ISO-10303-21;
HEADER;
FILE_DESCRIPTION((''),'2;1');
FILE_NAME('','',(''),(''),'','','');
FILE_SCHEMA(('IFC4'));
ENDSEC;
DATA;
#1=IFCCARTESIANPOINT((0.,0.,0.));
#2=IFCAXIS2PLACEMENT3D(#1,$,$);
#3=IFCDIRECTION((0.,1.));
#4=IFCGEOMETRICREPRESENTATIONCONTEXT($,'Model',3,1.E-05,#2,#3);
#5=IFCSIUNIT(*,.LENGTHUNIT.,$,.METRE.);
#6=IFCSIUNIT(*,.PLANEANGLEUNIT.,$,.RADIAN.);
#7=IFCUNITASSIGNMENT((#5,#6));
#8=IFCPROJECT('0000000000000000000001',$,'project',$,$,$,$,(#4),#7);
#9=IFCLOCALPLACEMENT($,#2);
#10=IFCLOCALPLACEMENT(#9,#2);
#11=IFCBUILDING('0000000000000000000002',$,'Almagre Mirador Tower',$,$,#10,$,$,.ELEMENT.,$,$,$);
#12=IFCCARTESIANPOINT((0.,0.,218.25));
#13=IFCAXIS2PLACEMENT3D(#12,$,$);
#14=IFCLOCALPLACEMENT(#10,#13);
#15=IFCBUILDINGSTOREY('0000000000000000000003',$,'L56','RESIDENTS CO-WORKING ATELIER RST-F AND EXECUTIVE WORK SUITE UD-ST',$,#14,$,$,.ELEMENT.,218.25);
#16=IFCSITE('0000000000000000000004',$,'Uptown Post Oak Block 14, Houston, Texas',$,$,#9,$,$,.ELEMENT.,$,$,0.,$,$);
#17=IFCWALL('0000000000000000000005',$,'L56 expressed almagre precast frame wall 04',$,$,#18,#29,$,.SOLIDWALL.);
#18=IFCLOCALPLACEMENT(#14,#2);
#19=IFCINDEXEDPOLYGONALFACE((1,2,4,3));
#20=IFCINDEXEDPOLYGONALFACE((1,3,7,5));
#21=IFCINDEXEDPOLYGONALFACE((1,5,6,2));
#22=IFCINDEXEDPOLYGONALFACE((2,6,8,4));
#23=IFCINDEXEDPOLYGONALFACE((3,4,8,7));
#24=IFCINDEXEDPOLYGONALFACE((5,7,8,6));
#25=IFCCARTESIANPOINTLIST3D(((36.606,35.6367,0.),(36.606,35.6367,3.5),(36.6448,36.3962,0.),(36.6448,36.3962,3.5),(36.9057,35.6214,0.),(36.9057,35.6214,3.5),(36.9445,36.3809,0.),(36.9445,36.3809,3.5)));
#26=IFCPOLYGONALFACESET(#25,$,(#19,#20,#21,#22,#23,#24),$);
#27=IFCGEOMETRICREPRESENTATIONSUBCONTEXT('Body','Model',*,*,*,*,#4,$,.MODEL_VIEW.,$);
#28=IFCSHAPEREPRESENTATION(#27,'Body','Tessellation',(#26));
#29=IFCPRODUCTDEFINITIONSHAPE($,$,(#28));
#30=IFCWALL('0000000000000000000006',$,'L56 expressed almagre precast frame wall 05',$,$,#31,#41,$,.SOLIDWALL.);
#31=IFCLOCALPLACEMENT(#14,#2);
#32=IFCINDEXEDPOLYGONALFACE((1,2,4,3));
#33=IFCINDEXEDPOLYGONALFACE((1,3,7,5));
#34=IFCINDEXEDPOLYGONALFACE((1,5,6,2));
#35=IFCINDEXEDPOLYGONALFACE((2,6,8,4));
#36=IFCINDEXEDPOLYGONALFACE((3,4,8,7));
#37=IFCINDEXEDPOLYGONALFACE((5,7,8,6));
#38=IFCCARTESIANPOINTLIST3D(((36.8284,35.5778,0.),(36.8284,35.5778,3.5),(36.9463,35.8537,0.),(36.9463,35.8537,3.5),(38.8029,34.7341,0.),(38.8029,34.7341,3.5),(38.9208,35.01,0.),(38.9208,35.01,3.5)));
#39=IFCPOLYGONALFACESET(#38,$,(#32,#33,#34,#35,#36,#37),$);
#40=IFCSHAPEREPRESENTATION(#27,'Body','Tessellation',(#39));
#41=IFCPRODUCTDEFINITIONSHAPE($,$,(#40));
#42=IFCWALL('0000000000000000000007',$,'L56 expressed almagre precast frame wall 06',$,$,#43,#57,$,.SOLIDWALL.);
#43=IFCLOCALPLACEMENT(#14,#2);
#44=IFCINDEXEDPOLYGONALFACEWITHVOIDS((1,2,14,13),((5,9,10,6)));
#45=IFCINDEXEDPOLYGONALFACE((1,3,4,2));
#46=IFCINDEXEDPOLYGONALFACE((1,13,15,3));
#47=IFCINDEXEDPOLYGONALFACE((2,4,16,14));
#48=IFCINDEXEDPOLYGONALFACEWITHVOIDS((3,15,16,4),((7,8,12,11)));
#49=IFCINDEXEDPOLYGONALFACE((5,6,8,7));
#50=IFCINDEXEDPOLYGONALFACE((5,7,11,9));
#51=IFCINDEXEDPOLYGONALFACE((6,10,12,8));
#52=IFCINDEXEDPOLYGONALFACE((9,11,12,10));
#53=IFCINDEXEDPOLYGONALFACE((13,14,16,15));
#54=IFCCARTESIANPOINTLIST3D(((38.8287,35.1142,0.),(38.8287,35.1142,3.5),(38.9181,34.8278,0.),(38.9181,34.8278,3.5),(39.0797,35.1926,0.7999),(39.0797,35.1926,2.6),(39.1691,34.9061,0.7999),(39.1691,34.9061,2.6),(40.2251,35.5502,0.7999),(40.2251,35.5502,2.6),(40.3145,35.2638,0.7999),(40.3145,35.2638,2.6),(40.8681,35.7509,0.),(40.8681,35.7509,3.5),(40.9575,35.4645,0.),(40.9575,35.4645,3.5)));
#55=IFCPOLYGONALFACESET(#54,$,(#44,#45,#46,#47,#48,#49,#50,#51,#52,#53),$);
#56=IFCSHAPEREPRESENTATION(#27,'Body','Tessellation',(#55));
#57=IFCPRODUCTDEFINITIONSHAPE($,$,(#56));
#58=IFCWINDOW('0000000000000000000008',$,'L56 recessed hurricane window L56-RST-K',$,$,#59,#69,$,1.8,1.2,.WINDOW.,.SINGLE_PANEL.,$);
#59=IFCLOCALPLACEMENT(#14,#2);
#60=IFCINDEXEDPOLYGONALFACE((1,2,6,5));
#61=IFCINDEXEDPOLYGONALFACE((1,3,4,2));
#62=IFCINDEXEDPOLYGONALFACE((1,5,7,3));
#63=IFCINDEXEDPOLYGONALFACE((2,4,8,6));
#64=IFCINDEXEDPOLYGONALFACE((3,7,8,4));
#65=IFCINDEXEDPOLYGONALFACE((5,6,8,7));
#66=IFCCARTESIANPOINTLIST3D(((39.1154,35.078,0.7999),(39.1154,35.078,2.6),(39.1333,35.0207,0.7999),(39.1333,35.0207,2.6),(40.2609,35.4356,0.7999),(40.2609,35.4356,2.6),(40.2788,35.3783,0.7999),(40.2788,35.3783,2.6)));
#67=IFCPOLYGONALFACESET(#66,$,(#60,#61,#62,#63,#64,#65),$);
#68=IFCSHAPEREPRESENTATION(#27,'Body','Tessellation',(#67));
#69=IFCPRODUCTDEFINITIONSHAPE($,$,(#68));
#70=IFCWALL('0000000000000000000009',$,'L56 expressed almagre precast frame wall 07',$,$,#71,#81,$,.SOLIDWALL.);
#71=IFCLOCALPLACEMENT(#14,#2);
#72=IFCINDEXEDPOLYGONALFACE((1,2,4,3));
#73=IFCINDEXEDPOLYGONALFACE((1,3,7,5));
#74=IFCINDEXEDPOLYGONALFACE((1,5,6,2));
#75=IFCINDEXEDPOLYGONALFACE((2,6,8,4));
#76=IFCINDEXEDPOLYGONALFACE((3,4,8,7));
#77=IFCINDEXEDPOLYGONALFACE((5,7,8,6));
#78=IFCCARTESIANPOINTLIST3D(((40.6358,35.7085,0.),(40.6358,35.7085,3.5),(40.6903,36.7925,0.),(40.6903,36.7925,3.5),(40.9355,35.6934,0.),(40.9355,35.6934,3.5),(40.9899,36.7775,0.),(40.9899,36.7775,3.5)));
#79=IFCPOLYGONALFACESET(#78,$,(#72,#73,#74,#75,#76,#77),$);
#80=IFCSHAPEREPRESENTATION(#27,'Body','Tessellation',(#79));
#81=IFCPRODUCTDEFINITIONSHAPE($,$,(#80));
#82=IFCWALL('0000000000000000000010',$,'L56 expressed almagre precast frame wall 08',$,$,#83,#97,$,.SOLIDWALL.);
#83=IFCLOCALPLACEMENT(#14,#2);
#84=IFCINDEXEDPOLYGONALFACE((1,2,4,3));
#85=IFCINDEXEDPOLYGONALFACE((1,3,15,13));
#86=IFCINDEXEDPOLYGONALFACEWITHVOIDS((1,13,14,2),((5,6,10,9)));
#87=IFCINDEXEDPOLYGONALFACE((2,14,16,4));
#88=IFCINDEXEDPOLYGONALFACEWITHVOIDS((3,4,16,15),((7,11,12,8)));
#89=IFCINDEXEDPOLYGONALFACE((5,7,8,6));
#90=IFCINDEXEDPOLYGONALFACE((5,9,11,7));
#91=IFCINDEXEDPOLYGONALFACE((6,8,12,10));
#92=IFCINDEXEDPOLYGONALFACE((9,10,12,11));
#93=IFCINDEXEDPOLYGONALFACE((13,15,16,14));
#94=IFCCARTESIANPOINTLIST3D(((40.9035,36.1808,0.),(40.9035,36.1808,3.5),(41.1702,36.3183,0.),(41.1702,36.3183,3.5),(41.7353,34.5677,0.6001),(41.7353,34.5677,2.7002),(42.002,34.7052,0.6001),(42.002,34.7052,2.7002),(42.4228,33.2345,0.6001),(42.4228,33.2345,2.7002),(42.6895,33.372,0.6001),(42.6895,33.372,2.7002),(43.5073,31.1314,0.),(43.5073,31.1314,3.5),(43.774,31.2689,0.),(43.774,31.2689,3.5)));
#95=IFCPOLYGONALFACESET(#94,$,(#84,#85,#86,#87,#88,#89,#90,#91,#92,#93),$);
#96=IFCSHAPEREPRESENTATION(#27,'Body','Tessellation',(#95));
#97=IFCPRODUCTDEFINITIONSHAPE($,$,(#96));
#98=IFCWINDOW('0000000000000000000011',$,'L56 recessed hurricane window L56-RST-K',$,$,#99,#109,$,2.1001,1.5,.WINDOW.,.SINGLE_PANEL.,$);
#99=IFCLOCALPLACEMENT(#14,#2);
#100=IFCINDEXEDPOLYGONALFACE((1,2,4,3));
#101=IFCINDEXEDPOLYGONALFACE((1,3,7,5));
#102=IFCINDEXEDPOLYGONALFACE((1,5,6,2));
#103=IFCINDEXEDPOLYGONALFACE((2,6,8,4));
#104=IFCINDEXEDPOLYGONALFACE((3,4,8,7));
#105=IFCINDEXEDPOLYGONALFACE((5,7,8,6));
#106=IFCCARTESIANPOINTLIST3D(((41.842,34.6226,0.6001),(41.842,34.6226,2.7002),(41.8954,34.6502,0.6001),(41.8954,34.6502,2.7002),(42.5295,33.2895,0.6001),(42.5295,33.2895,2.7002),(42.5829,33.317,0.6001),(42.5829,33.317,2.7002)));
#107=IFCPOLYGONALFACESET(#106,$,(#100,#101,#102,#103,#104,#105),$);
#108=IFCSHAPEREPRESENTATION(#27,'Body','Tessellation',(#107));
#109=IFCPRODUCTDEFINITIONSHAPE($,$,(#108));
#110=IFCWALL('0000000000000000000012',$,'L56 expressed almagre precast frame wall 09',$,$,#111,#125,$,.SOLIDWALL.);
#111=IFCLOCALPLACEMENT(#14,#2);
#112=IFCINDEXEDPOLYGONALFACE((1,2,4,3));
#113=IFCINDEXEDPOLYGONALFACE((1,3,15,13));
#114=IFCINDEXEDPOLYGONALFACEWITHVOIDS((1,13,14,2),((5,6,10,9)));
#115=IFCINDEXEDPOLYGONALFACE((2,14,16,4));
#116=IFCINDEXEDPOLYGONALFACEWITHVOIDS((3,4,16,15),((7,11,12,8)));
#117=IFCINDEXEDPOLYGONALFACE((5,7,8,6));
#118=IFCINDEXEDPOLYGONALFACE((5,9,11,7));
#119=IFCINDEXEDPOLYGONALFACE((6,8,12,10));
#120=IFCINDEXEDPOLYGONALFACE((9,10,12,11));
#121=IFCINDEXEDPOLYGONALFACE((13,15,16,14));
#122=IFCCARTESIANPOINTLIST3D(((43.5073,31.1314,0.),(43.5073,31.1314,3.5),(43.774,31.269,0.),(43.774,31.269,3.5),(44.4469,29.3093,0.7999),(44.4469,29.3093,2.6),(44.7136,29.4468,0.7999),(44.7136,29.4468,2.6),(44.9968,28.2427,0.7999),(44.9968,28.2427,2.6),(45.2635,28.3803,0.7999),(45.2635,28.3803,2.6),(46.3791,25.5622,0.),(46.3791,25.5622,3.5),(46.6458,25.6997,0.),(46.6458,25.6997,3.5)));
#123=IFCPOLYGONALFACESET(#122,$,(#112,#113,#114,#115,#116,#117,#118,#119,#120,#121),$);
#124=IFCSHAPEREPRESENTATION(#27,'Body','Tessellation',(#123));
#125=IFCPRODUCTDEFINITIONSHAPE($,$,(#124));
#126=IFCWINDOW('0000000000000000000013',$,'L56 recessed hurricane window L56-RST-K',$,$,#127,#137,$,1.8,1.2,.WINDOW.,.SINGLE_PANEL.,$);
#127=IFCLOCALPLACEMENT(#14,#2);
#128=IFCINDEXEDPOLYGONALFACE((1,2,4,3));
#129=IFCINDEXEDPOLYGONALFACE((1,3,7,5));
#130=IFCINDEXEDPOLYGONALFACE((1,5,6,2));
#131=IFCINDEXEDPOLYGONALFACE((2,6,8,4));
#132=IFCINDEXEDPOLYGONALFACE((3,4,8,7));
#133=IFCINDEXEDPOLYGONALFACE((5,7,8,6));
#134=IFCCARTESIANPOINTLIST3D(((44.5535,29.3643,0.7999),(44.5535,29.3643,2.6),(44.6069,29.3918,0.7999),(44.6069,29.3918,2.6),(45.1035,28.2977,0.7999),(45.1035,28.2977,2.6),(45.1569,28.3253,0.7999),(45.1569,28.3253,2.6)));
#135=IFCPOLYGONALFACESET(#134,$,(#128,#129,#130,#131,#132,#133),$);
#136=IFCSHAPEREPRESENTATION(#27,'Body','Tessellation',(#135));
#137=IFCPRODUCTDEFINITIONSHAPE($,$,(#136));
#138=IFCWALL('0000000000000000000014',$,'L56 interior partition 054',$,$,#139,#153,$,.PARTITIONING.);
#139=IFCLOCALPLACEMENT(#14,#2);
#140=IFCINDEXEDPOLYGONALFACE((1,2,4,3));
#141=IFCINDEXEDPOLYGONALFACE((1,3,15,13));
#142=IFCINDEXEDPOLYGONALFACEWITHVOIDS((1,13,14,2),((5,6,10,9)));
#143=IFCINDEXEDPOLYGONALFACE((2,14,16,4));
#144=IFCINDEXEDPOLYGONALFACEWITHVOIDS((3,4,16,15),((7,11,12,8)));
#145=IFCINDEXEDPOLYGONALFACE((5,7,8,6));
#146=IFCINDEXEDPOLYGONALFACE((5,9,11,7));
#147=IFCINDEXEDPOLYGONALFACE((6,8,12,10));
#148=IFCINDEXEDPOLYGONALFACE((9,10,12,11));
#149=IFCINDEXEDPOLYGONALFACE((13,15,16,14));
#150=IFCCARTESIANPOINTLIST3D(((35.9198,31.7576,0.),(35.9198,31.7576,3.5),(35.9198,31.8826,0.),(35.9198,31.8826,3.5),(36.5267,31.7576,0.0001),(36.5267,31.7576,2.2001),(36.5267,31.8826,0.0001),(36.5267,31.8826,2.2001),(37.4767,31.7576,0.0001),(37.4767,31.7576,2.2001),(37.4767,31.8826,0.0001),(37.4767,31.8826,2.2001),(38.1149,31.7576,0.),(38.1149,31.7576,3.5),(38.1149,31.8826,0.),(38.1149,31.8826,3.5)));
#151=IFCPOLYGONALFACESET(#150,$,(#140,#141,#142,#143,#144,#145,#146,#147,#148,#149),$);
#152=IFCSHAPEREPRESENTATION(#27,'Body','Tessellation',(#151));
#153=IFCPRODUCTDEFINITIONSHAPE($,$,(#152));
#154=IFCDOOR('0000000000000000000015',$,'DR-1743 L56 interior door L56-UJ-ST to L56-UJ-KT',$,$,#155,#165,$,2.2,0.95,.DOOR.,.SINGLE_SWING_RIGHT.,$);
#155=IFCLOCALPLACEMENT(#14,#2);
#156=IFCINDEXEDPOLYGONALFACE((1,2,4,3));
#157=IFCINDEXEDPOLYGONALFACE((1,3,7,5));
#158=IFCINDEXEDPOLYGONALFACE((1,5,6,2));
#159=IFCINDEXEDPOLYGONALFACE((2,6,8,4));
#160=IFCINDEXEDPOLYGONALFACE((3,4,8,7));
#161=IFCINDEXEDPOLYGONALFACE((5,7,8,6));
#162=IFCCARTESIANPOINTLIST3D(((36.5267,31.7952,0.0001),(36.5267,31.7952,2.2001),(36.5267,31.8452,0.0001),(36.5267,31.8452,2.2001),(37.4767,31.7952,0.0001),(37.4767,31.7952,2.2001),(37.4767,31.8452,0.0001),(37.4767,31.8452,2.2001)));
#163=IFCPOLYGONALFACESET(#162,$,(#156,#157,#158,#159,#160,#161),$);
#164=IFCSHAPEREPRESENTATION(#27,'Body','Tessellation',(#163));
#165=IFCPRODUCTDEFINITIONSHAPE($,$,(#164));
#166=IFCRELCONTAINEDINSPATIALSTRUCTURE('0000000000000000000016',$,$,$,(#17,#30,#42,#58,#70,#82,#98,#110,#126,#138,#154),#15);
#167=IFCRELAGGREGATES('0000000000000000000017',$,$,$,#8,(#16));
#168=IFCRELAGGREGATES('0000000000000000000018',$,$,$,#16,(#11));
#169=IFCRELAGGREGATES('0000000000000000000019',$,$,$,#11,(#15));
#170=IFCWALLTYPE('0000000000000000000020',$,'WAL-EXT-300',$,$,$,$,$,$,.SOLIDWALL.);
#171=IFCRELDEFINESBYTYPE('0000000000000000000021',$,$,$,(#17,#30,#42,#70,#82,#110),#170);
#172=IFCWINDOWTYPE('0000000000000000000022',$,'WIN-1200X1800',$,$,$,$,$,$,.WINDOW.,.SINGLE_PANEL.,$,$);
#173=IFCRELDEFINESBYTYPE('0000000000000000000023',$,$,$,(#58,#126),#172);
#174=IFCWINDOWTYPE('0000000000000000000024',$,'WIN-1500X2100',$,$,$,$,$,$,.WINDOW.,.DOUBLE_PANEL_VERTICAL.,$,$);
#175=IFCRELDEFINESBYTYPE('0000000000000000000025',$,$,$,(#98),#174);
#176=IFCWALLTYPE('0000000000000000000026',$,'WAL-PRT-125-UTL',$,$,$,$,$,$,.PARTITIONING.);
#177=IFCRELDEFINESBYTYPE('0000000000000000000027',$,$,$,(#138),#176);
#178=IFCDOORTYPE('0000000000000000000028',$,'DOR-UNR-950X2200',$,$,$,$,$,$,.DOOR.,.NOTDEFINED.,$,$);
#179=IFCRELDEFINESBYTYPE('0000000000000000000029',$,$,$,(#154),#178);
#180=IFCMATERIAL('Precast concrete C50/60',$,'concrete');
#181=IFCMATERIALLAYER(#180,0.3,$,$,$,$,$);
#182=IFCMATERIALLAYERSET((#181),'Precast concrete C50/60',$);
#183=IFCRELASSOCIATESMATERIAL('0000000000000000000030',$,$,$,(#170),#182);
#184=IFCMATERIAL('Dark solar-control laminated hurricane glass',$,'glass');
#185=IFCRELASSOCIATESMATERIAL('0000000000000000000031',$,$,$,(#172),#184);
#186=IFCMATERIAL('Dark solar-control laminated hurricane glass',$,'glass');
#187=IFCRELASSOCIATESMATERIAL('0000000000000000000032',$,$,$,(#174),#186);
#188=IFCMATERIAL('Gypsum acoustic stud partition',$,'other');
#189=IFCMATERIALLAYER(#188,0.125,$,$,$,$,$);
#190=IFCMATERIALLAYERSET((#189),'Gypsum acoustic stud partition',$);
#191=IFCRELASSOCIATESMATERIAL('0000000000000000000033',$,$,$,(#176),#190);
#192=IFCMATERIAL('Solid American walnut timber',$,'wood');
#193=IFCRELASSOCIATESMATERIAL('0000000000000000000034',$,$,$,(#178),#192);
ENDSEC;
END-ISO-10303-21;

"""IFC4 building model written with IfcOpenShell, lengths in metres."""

from ifc_helpers import new_model, si_unit, direction, frame, frame_2d, origin, place, context, subcontext, project, spatial, rectangle, extrude, material, layer, layer_set, type_object, element, fill, save


model = new_model("IFC4")

# Units and contexts
model_context = context("Model", 3, precision=1e-05, world=origin(), true_north=direction((0.0, 1.0)))
body_context = subcontext(model_context, "Body", "Model", "MODEL_VIEW")
ifc_project = project(units=[si_unit("LENGTHUNIT", "METRE"), si_unit("PLANEANGLEUNIT", "RADIAN")], contexts=[model_context])

# Site, building, storey
site_placement = place(None, origin())
site = spatial("IfcSite", under=ifc_project, at=site_placement, Name="Uptown Post Oak Block 14, Houston, Texas", CompositionType="ELEMENT", RefElevation=0.0)
building_placement = place(site_placement, origin())
building = spatial("IfcBuilding", under=site, at=building_placement, Name="Almagre Mirador Tower", CompositionType="ELEMENT")
storey_placement = place(building_placement, frame((0.0, 0.0, 218.25)))
storey = spatial("IfcBuildingStorey", under=building, at=storey_placement, Name="L56", Description="RESIDENTS CO-WORKING ATELIER RST-F AND EXECUTIVE WORK SUITE UD-ST", CompositionType="ELEMENT", Elevation=218.25)

# Walls
ifc_material_1 = material(Name="Precast concrete C50/60", Category="concrete")
ifc_layer_1 = layer(ifc_material_1, 0.3)
ifc_layer_set_1 = layer_set([ifc_layer_1], Name="Precast concrete C50/60")
wall_type_1 = type_object("IfcWallType", Name="WAL-EXT-300", PredefinedType="SOLIDWALL", material=ifc_layer_set_1)
wall_1_placement = place(storey_placement, frame((36.7947, 36.3887, 0.0), z_axis=(0.0, 0.0, 1.0), x_axis=(-0.051042, -0.998696, 0.0)))
element("IfcWall", 1, at=wall_1_placement, inside=storey, type_object=wall_type_1, Name="L56 expressed almagre precast frame wall 04", PredefinedType="SOLIDWALL", context=body_context, shape_type="SweptSolid", body=[
    extrude(rectangle(XDim=0.7605, YDim=0.3, at=frame_2d((0.3804, 0.0))), origin(), (0.0, 0.0, 1.0), 3.5),
])
wall_2_placement = place(storey_placement, frame((36.8872, 35.7158, 0.0), z_axis=(0.0, 0.0, 1.0), x_axis=(0.919568, -0.392931, 0.0)))
element("IfcWall", 2, at=wall_2_placement, inside=storey, type_object=wall_type_1, Name="L56 expressed almagre precast frame wall 05", PredefinedType="SOLIDWALL", context=body_context, shape_type="SweptSolid", body=[
    extrude(rectangle(XDim=2.1472, YDim=0.3, at=frame_2d((1.0737, 0.0))), origin(), (0.0, 0.0, 1.0), 3.5),
])

# Wall, opening, window
wall_3_placement = place(storey_placement, frame((38.8733, 34.9709, 0.0), z_axis=(0.0, 0.0, 1.0), x_axis=(0.954555, 0.298034, 0.0)))
wall_3 = element("IfcWall", 3, at=wall_3_placement, inside=storey, type_object=wall_type_1, Name="L56 expressed almagre precast frame wall 06", PredefinedType="SOLIDWALL", context=body_context, shape_type="SweptSolid", body=[
    extrude(rectangle(XDim=2.1365, YDim=0.3, at=frame_2d((1.0684, 0.0))), origin(), (0.0, 0.0, 1.0), 3.5),
])
opening_1_placement = place(wall_3_placement, frame((0.2629, 0.0, 0.8)))
opening_1 = element("IfcOpeningElement", 4, at=opening_1_placement, cuts=wall_3, PredefinedType="OPENING", context=body_context, shape_type="SweptSolid", body=[
    extrude(rectangle(XDim=1.2, YDim=1.8, at=frame_2d((0.6001, 0.8999))), frame((0.0, 0.1599, 0.0), z_axis=(0.0, -1.0, 0.0), x_axis=(1.0, 0.0, 0.0)), (0.0, 0.0, 1.0), 0.32),
])
ifc_material_2 = material(Name="Dark solar-control laminated hurricane glass", Category="glass")
window_type_1 = type_object("IfcWindowType", Name="WIN-1200X1800", PartitioningType="SINGLE_PANEL", PredefinedType="WINDOW", material=ifc_material_2)
window_1_placement = place(opening_1_placement, origin())
window_1 = element("IfcWindow", 5, at=window_1_placement, inside=storey, type_object=window_type_1, Name="L56 recessed hurricane window L56-RST-K", OverallHeight=1.8, OverallWidth=1.2, PartitioningType="SINGLE_PANEL", PredefinedType="WINDOW", context=body_context, shape_type="SweptSolid", body=[
    extrude(rectangle(XDim=1.2, YDim=1.8, at=frame_2d((0.6001, 0.8999))), frame((0.0, 0.03, 0.0), z_axis=(0.0, -1.0, 0.0), x_axis=(1.0, 0.0, 0.0)), (0.0, 0.0, 1.0), 0.0601),
])
fill(opening_1, window_1)

# Wall
wall_4_placement = place(storey_placement, frame((40.7856, 35.7009, 0.0), z_axis=(0.0, 0.0, 1.0), x_axis=(0.050162, 0.998741, 0.0)))
element("IfcWall", 6, at=wall_4_placement, inside=storey, type_object=wall_type_1, Name="L56 expressed almagre precast frame wall 07", PredefinedType="SOLIDWALL", context=body_context, shape_type="SweptSolid", body=[
    extrude(rectangle(XDim=1.0854, YDim=0.3, at=frame_2d((0.5427, 0.0))), origin(), (0.0, 0.0, 1.0), 3.5),
])

# Walls, openings, windows
wall_5_placement = place(storey_placement, frame((41.0369, 36.2495, 0.0), z_axis=(0.0, 0.0, 1.0), x_axis=(0.458318, -0.888788, 0.0)))
wall_5 = element("IfcWall", 7, at=wall_5_placement, inside=storey, type_object=wall_type_1, Name="L56 expressed almagre precast frame wall 08", PredefinedType="SOLIDWALL", context=body_context, shape_type="SweptSolid", body=[
    extrude(rectangle(XDim=5.6812, YDim=0.3, at=frame_2d((2.8406, 0.0))), origin(), (0.0, 0.0, 1.0), 3.5),
])
opening_2_placement = place(wall_5_placement, frame((1.8149, 0.0, 0.6001)))
opening_2 = element("IfcOpeningElement", 8, at=opening_2_placement, cuts=wall_5, PredefinedType="OPENING", context=body_context, shape_type="SweptSolid", body=[
    extrude(rectangle(XDim=1.5, YDim=2.1001, at=frame_2d((0.75, 1.05))), frame((0.0, 0.1599, 0.0), z_axis=(0.0, -1.0, 0.0), x_axis=(1.0, 0.0, 0.0)), (0.0, 0.0, 1.0), 0.32),
])
ifc_material_3 = material(Name="Dark solar-control laminated hurricane glass", Category="glass")
window_type_2 = type_object("IfcWindowType", Name="WIN-1500X2100", PartitioningType="DOUBLE_PANEL_VERTICAL", PredefinedType="WINDOW", material=ifc_material_3)
window_2_placement = place(opening_2_placement, origin())
window_2 = element("IfcWindow", 9, at=window_2_placement, inside=storey, type_object=window_type_2, Name="L56 recessed hurricane window L56-RST-K", OverallHeight=2.1001, OverallWidth=1.5, PartitioningType="SINGLE_PANEL", PredefinedType="WINDOW", context=body_context, shape_type="SweptSolid", body=[
    extrude(rectangle(XDim=1.5, YDim=2.1001, at=frame_2d((0.75, 1.05))), frame((0.0, 0.03, 0.0), z_axis=(0.0, -1.0, 0.0), x_axis=(1.0, 0.0, 0.0)), (0.0, 0.0, 1.0), 0.0601),
])
fill(opening_2, window_2)
wall_6_placement = place(storey_placement, frame((43.6406, 31.2002, 0.0), z_axis=(0.0, 0.0, 1.0), x_axis=(0.458306, -0.888794, 0.0)))
wall_6 = element("IfcWall", 10, at=wall_6_placement, inside=storey, type_object=wall_type_1, Name="L56 expressed almagre precast frame wall 09", PredefinedType="SOLIDWALL", context=body_context, shape_type="SweptSolid", body=[
    extrude(rectangle(XDim=6.2661, YDim=0.3, at=frame_2d((3.1331, 0.0))), origin(), (0.0, 0.0, 1.0), 3.5),
])
opening_3_placement = place(wall_6_placement, frame((2.05, 0.0, 0.8)))
opening_3 = element("IfcOpeningElement", 11, at=opening_3_placement, cuts=wall_6, PredefinedType="OPENING", context=body_context, shape_type="SweptSolid", body=[
    extrude(rectangle(XDim=1.2, YDim=1.8, at=frame_2d((0.6001, 0.8999))), frame((0.0, 0.1599, 0.0), z_axis=(0.0, -1.0, 0.0), x_axis=(1.0, 0.0, 0.0)), (0.0, 0.0, 1.0), 0.32),
])
window_3_placement = place(opening_3_placement, origin())
window_3 = element("IfcWindow", 12, at=window_3_placement, inside=storey, type_object=window_type_1, Name="L56 recessed hurricane window L56-RST-K", OverallHeight=1.8, OverallWidth=1.2, PartitioningType="SINGLE_PANEL", PredefinedType="WINDOW", context=body_context, shape_type="SweptSolid", body=[
    extrude(rectangle(XDim=1.2, YDim=1.8, at=frame_2d((0.6001, 0.8999))), frame((0.0, 0.03, 0.0), z_axis=(0.0, -1.0, 0.0), x_axis=(1.0, 0.0, 0.0)), (0.0, 0.0, 1.0), 0.0601),
])
fill(opening_3, window_3)

# Wall, opening, door
ifc_material_4 = material(Name="Gypsum acoustic stud partition", Category="other")
ifc_layer_2 = layer(ifc_material_4, 0.125)
ifc_layer_set_2 = layer_set([ifc_layer_2], Name="Gypsum acoustic stud partition")
wall_type_2 = type_object("IfcWallType", Name="WAL-PRT-125-UTL", PredefinedType="PARTITIONING", material=ifc_layer_set_2)
wall_7_placement = place(storey_placement, frame((38.115, 31.8201, 0.0), z_axis=(0.0, 0.0, 1.0), x_axis=(-1.0, 0.0, 0.0)))
wall_7 = element("IfcWall", 13, at=wall_7_placement, inside=storey, type_object=wall_type_2, Name="L56 interior partition 054", PredefinedType="PARTITIONING", context=body_context, shape_type="SweptSolid", body=[
    extrude(rectangle(XDim=2.1951, YDim=0.125, at=frame_2d((1.0977, 0.0))), origin(), (0.0, 0.0, 1.0), 3.5),
])
opening_4_placement = place(wall_7_placement, frame((0.6382, 0.0, 0.0)))
opening_4 = element("IfcOpeningElement", 14, at=opening_4_placement, cuts=wall_7, PredefinedType="OPENING", context=body_context, shape_type="SweptSolid", body=[
    extrude(rectangle(XDim=0.95, YDim=2.2, at=frame_2d((0.4751, 1.1001))), frame((0.0, 0.0725, 0.0), z_axis=(0.0, -1.0, 0.0), x_axis=(1.0, 0.0, 0.0)), (0.0, 0.0, 1.0), 0.145),
])
ifc_material_5 = material(Name="Solid American walnut timber", Category="wood")
door_type = type_object("IfcDoorType", Name="DOR-UNR-950X2200", OperationType="NOTDEFINED", PredefinedType="DOOR", material=ifc_material_5)
door_placement = place(opening_4_placement, origin())
door = element("IfcDoor", 15, at=door_placement, inside=storey, type_object=door_type, Name="DR-1743 L56 interior door L56-UJ-ST to L56-UJ-KT", OperationType="SINGLE_SWING_RIGHT", OverallHeight=2.2, OverallWidth=0.95, PredefinedType="DOOR", context=body_context, shape_type="SweptSolid", body=[
    extrude(rectangle(XDim=0.95, YDim=2.2, at=frame_2d((0.4751, 1.1001))), frame((0.0, 0.0249, 0.0), z_axis=(0.0, -1.0, 0.0), x_axis=(1.0, 0.0, 0.0)), (0.0, 0.0, 1.0), 0.05),
])
fill(opening_4, door)

save(model, "model.ifc")
